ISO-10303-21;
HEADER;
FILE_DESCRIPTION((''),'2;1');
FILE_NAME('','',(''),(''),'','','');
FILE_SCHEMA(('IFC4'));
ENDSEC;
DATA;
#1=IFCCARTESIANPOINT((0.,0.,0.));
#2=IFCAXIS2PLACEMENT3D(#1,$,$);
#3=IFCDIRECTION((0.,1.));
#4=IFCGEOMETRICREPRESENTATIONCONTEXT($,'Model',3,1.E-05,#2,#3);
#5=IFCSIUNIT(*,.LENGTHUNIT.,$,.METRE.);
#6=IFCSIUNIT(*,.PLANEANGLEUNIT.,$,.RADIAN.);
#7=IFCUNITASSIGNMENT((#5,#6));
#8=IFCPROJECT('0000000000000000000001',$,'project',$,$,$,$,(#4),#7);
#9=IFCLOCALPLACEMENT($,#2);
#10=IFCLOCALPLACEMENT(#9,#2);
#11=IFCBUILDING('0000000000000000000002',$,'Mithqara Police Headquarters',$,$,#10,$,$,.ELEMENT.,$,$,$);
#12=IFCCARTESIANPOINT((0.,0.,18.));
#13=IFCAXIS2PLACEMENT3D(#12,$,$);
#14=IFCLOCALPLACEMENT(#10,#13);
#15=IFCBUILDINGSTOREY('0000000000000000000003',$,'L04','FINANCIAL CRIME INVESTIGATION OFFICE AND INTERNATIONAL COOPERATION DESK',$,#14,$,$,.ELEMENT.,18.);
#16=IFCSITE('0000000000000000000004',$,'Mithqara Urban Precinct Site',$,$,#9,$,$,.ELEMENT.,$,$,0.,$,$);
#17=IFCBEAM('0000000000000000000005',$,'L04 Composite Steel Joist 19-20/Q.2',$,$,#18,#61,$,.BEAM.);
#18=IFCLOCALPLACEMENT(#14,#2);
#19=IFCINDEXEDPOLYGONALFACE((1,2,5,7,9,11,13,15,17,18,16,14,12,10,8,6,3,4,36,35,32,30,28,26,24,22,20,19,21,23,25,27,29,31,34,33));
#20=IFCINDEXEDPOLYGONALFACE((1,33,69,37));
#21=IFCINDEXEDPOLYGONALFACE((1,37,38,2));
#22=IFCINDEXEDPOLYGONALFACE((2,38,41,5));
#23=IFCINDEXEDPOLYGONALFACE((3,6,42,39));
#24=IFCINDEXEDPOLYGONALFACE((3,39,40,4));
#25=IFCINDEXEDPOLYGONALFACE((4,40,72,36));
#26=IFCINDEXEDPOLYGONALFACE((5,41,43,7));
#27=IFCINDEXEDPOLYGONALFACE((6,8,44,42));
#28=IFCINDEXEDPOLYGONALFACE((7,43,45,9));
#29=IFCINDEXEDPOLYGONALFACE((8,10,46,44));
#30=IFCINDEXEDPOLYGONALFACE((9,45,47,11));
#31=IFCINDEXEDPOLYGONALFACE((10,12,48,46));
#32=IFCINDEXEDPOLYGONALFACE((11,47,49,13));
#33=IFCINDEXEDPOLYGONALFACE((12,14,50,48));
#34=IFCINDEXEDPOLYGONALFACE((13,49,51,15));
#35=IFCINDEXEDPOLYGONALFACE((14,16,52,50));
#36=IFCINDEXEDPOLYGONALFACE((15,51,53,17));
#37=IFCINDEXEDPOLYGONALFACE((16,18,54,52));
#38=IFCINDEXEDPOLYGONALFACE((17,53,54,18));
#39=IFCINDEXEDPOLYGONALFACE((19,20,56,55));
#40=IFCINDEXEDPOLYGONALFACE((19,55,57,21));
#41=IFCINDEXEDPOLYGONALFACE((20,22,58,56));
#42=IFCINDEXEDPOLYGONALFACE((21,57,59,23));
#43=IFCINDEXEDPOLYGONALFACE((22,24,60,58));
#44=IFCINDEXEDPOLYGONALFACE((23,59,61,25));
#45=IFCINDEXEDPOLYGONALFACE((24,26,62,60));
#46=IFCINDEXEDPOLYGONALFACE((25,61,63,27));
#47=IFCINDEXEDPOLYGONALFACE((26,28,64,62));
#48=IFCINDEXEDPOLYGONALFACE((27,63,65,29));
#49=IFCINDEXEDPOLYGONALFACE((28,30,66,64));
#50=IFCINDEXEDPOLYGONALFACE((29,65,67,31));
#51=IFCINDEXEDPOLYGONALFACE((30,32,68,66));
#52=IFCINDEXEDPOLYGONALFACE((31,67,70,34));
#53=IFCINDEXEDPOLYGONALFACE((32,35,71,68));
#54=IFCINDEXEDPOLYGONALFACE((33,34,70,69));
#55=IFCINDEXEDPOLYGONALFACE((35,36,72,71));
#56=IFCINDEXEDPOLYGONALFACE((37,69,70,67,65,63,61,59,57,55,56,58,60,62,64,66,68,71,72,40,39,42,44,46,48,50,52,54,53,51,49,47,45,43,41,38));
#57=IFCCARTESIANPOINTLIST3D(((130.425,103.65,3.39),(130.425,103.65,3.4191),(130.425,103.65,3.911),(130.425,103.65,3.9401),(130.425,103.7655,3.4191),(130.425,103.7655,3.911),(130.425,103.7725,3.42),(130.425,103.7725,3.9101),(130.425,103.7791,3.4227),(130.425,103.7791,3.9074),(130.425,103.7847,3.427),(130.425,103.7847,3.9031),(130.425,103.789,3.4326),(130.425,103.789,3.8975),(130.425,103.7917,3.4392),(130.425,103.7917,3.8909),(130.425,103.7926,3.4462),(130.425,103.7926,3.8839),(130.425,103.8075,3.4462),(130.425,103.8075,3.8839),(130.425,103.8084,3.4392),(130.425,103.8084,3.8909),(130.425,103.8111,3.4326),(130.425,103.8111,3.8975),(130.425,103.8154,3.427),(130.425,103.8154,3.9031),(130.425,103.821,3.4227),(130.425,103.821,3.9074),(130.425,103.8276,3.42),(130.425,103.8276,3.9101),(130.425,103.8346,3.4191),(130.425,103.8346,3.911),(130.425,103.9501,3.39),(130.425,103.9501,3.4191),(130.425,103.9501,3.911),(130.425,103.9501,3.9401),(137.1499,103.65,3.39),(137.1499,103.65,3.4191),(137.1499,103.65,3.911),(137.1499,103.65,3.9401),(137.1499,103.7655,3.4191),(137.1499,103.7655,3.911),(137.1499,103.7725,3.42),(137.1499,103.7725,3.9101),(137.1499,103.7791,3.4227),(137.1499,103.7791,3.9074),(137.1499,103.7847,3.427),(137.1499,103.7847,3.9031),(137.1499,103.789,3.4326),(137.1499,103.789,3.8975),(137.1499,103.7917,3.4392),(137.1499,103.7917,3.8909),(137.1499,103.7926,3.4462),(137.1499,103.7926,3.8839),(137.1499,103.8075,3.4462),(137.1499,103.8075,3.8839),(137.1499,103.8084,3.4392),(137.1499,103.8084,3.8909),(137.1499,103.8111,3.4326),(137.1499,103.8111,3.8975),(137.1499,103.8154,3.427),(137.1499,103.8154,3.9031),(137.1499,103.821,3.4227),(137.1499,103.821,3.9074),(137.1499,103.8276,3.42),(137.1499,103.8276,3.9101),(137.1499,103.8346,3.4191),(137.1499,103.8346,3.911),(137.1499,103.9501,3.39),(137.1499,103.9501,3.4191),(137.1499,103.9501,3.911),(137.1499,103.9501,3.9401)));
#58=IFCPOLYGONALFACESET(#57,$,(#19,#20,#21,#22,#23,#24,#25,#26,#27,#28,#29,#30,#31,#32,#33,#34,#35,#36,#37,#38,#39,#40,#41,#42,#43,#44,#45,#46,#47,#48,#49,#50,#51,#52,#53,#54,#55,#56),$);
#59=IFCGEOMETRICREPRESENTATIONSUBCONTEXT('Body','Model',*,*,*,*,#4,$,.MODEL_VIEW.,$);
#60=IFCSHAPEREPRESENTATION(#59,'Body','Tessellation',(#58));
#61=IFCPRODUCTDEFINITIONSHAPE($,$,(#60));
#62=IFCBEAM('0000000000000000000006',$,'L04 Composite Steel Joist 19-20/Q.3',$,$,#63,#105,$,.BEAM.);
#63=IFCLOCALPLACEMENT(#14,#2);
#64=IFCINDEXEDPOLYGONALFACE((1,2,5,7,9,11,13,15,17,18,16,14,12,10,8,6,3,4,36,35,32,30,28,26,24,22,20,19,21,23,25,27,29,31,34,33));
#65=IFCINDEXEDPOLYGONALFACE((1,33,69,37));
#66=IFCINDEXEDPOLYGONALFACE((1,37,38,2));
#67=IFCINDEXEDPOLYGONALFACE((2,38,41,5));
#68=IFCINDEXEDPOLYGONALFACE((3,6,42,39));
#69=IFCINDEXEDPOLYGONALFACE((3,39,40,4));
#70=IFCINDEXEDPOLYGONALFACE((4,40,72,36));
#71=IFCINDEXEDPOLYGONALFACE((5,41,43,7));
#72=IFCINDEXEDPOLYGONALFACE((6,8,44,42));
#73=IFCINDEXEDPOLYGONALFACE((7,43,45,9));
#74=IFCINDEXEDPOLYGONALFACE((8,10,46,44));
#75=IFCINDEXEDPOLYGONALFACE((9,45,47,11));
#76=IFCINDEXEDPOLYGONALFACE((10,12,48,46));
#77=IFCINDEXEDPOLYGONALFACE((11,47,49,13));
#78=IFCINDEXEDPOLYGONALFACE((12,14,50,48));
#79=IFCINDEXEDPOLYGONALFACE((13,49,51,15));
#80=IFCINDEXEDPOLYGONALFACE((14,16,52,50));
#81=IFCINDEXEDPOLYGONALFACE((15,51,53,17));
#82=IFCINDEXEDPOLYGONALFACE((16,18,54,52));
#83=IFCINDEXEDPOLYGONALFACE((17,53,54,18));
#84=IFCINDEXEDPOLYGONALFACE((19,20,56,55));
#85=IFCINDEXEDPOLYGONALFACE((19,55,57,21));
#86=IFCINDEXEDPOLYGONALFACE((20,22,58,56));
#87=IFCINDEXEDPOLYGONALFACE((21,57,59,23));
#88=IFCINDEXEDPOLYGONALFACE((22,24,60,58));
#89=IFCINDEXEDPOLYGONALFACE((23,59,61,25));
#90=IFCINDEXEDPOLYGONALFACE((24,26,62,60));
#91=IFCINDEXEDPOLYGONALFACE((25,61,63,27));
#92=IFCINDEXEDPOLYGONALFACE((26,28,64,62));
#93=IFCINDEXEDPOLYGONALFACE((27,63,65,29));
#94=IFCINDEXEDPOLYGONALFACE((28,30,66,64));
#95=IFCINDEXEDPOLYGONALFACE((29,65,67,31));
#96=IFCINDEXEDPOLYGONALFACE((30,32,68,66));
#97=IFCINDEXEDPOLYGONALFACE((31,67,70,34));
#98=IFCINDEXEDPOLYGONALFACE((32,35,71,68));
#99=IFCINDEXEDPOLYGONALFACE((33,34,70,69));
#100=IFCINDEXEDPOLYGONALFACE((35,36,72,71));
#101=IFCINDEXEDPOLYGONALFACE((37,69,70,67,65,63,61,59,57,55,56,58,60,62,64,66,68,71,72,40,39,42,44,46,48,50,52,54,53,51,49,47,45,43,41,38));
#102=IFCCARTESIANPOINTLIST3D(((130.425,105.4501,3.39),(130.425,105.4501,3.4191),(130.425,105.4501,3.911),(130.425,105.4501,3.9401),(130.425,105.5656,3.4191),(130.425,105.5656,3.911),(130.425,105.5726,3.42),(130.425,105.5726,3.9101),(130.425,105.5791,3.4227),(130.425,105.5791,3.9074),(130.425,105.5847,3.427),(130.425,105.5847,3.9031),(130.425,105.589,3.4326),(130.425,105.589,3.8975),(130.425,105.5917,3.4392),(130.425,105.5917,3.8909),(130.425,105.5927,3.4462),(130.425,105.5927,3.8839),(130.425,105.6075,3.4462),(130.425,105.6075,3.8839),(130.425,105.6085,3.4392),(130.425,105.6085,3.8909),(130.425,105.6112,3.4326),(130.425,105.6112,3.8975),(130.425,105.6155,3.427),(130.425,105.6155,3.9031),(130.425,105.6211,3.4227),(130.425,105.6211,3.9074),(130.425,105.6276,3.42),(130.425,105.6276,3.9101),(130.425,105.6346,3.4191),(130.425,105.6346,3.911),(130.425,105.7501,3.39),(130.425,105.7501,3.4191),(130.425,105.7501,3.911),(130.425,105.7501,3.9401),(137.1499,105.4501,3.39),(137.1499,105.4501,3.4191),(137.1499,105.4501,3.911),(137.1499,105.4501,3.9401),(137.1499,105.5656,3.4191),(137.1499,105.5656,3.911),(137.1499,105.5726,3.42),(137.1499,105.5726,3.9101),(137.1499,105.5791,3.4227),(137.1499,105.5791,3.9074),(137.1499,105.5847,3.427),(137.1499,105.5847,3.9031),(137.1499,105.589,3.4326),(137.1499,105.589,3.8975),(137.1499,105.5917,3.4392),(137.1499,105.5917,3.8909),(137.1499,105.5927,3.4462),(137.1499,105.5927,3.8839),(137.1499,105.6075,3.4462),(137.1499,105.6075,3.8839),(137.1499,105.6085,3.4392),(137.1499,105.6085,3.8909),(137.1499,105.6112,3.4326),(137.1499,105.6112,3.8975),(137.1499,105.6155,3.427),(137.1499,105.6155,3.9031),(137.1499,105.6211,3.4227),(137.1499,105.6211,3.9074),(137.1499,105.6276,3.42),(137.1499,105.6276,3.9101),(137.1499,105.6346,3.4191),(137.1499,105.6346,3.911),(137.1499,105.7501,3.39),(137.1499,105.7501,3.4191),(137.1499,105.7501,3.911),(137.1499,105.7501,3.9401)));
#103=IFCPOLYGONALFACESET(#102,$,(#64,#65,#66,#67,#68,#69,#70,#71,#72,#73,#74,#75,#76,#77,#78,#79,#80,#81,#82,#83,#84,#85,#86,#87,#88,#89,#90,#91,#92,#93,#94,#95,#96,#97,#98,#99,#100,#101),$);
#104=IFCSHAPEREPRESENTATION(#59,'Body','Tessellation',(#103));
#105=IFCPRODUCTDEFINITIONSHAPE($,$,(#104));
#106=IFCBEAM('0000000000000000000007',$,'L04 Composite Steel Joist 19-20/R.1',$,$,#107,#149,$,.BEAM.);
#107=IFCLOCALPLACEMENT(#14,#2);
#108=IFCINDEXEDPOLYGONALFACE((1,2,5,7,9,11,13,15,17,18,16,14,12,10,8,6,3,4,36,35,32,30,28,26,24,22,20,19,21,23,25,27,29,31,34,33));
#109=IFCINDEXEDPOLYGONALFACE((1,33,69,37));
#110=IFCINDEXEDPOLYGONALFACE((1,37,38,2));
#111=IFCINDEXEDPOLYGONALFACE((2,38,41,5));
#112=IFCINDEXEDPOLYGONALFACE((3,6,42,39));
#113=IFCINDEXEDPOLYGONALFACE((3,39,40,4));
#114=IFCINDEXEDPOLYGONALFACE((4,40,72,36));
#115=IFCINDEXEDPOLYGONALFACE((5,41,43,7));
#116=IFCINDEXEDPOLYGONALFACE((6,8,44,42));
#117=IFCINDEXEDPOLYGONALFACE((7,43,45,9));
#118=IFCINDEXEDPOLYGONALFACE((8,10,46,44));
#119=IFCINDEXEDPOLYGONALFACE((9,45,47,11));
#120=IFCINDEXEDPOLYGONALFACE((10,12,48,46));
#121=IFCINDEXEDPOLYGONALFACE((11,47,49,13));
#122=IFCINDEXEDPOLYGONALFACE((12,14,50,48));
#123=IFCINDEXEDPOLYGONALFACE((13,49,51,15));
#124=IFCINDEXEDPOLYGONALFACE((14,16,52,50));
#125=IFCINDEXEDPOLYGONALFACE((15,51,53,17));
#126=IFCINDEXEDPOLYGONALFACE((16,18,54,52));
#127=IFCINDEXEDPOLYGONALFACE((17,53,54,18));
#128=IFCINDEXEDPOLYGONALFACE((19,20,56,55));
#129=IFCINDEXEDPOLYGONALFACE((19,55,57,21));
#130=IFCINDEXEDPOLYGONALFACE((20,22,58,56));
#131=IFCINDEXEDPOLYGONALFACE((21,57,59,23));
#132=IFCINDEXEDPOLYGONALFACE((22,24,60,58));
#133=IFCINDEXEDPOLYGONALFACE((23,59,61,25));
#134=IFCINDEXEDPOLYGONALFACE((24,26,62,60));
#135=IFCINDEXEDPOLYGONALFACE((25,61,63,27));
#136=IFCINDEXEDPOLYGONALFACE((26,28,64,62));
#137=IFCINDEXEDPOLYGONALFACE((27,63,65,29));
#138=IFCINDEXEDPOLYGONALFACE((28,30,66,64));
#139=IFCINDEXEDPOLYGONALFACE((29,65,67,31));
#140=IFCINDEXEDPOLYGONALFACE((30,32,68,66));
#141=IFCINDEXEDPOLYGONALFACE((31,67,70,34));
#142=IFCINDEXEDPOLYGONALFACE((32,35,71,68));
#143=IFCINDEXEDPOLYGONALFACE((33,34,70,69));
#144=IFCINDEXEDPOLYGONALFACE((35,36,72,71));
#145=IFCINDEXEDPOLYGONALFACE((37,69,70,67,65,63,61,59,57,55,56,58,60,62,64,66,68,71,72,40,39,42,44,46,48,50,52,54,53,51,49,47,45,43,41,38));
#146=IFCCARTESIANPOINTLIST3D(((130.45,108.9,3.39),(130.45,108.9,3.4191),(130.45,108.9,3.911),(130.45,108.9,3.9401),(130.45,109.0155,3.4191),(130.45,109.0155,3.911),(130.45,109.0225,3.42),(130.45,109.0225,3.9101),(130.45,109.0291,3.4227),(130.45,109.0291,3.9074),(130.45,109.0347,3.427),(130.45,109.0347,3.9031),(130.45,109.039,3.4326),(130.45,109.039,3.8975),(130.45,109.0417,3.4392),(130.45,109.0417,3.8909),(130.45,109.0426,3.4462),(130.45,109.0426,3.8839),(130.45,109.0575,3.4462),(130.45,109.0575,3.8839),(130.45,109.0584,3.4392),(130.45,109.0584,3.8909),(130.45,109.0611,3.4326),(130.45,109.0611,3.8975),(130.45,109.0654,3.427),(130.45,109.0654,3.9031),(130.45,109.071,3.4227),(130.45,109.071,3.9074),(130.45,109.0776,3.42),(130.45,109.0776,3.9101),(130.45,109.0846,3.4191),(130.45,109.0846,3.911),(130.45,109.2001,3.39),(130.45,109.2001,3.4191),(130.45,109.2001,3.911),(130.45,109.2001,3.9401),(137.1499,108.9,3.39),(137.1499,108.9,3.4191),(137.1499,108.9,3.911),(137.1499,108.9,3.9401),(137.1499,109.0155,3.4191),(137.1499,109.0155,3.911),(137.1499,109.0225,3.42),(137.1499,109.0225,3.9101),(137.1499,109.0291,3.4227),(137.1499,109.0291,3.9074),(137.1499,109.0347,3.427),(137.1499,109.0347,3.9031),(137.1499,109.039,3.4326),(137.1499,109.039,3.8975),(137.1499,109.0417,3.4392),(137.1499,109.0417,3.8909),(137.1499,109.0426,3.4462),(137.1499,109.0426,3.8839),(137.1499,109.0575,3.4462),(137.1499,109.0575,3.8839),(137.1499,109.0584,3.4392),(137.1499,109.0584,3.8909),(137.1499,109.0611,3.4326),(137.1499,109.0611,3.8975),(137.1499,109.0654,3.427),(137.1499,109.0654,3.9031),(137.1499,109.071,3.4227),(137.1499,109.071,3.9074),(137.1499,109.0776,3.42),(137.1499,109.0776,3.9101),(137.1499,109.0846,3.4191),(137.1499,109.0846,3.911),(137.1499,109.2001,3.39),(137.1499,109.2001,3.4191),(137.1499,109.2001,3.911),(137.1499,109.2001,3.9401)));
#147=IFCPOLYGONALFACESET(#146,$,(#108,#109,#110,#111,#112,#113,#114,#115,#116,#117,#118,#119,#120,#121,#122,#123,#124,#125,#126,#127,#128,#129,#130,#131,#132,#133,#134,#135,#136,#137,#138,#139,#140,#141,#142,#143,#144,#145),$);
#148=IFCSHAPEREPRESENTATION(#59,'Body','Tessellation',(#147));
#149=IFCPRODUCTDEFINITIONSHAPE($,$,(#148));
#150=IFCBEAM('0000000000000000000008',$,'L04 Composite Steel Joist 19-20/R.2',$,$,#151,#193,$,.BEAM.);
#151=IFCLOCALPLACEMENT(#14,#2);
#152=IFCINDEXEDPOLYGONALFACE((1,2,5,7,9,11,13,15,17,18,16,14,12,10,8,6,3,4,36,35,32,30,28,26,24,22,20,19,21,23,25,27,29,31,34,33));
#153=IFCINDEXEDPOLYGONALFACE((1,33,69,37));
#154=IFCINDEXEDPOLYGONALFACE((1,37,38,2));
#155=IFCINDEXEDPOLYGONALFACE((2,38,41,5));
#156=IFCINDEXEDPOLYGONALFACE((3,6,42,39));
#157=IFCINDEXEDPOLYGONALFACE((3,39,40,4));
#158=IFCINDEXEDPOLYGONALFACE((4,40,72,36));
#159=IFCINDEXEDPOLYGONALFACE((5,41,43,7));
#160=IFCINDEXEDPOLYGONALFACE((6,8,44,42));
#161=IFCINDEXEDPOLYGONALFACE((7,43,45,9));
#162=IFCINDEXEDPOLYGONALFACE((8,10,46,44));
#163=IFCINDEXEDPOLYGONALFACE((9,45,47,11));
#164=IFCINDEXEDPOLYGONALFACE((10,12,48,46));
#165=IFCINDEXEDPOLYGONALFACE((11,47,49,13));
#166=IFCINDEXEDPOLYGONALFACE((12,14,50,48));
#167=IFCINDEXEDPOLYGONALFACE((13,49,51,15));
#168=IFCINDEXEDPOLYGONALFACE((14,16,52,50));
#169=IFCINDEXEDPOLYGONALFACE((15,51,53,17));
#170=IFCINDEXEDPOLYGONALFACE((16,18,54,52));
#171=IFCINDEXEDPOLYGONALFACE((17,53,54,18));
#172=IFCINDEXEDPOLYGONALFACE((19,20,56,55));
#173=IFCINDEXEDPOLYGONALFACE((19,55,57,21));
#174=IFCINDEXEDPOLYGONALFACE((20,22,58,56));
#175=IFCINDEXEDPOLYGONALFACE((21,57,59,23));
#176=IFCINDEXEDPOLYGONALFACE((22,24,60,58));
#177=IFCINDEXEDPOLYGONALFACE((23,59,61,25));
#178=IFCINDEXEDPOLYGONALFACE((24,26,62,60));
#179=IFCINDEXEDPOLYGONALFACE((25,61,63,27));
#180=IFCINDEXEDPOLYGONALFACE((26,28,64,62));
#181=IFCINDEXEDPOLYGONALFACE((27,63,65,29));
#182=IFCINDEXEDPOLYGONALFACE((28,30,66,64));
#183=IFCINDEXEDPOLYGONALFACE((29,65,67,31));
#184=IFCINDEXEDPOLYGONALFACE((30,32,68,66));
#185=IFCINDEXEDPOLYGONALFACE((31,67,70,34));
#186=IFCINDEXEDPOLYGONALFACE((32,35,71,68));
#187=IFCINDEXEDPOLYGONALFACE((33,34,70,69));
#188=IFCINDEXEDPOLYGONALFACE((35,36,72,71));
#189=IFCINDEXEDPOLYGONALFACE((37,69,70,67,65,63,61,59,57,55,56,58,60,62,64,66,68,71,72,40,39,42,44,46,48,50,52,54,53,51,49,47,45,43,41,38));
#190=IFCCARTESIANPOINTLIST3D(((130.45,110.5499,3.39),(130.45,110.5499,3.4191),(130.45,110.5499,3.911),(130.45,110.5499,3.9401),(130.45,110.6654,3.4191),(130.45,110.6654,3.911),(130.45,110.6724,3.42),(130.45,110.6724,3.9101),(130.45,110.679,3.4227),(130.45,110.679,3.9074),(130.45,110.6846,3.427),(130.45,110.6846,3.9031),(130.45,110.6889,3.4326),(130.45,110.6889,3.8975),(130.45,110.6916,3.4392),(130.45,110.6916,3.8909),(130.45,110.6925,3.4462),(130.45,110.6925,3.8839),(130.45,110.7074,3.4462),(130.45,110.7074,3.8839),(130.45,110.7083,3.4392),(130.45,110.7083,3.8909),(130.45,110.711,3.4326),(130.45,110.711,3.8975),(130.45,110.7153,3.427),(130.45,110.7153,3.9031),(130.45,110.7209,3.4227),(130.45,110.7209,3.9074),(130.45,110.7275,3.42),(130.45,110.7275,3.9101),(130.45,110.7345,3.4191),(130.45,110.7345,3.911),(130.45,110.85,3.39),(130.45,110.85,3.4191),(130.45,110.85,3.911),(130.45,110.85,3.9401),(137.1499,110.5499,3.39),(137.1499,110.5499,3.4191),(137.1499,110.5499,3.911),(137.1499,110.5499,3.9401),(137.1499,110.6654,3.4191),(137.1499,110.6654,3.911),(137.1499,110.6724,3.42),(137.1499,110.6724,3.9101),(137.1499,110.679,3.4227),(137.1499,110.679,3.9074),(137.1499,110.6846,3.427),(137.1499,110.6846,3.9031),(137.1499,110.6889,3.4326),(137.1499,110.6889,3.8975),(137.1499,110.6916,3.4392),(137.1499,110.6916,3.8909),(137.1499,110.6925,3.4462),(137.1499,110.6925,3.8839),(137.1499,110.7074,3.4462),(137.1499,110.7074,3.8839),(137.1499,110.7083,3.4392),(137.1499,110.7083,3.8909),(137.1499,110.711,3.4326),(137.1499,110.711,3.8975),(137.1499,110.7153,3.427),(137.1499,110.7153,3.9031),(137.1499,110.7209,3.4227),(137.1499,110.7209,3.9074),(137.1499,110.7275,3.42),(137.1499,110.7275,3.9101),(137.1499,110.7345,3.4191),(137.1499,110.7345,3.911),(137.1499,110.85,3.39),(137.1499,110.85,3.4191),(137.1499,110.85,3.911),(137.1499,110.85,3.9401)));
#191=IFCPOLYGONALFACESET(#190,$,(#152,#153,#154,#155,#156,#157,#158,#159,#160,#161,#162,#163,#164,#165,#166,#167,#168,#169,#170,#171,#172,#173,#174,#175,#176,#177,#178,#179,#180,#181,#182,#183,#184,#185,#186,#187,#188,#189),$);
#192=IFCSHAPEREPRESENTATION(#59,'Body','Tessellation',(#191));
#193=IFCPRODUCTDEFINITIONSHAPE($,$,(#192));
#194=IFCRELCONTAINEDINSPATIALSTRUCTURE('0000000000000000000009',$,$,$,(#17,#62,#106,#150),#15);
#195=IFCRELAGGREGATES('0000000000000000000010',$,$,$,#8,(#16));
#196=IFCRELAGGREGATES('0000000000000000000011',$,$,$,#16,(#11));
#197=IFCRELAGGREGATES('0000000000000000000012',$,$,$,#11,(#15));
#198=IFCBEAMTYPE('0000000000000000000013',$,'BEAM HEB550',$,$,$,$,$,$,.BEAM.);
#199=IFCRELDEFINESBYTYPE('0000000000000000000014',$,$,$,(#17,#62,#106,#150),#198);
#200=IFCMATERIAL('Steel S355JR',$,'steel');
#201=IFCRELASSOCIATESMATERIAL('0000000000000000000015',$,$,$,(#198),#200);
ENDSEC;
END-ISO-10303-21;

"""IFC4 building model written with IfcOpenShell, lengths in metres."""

from ifc_helpers import new_model, si_unit, direction, frame, origin, origin_2d, place, context, subcontext, project, spatial, i_section, extrude, material, material_profile, profile_set, type_object, element, save


model = new_model("IFC4")

# Units and contexts
model_context = context("Model", 3, precision=1e-05, world=origin(), true_north=direction((0.0, 1.0)))
body_context = subcontext(model_context, "Body", "Model", "MODEL_VIEW")
ifc_project = project(units=[si_unit("LENGTHUNIT", "METRE"), si_unit("PLANEANGLEUNIT", "RADIAN")], contexts=[model_context])

# Site, building, storey
site_placement = place(None, origin())
site = spatial("IfcSite", under=ifc_project, at=site_placement, Name="Mithqara Urban Precinct Site", CompositionType="ELEMENT", RefElevation=0.0)
building_placement = place(site_placement, origin())
building = spatial("IfcBuilding", under=site, at=building_placement, Name="Mithqara Police Headquarters", CompositionType="ELEMENT")
storey_placement = place(building_placement, frame((0.0, 0.0, 18.0)))
storey = spatial("IfcBuildingStorey", under=building, at=storey_placement, Name="L04", Description="FINANCIAL CRIME INVESTIGATION OFFICE AND INTERNATIONAL COOPERATION DESK", CompositionType="ELEMENT", Elevation=18.0)

# Beams
ifc_material_1 = material(Name="Steel S355JR", Category="steel")
ifc_material_profile_1 = material_profile(ifc_material_1, i_section(OverallWidth=0.3, OverallDepth=0.55, WebThickness=0.0149, FlangeThickness=0.0291, FilletRadius=0.0271, at=origin_2d()), Name="HEB 550")
ifc_profile_set_1 = profile_set([ifc_material_profile_1], Name="Steel S355JR")
beam_type_1 = type_object("IfcBeamType", Name="BEAM HEB550", PredefinedType="BEAM", material=ifc_profile_set_1)
for number, where, z_axis, x_axis, name in (
    (1, (130.425, 103.8, 3.665), (1.0, 0.0, 0.0), (0.0, 1.0, 0.0), "L04 Composite Steel Joist 19-20/Q.2"),
    (2, (130.425, 105.6001, 3.665), (1.0, 0.0, 0.0), (0.0, 1.0, 0.0), "L04 Composite Steel Joist 19-20/Q.3"),
):
    element("IfcBeam", number, at=place(storey_placement, frame(where, z_axis=z_axis, x_axis=x_axis)), inside=storey, type_object=beam_type_1, Name=name, PredefinedType="BEAM", context=body_context, shape_type="SweptSolid", body=[
        extrude(i_section(OverallWidth=0.3, OverallDepth=0.55, WebThickness=0.0149, FlangeThickness=0.0291, FilletRadius=0.0271, at=origin_2d()), origin(), (0.0, 0.0, 1.0), 6.7249),
    ])
for number, where, z_axis, x_axis, name in (
    (3, (130.45, 109.05, 3.665), (1.0, 0.0, 0.0), (0.0, 1.0, 0.0), "L04 Composite Steel Joist 19-20/R.1"),
    (4, (130.45, 110.7, 3.665), (1.0, 0.0, 0.0), (0.0, 1.0, 0.0), "L04 Composite Steel Joist 19-20/R.2"),
):
    element("IfcBeam", number, at=place(storey_placement, frame(where, z_axis=z_axis, x_axis=x_axis)), inside=storey, type_object=beam_type_1, Name=name, PredefinedType="BEAM", context=body_context, shape_type="SweptSolid", body=[
        extrude(i_section(OverallWidth=0.3, OverallDepth=0.55, WebThickness=0.0149, FlangeThickness=0.0291, FilletRadius=0.0271, at=origin_2d()), origin(), (0.0, 0.0, 1.0), 6.7),
    ])

save(model, "model.ifc")
